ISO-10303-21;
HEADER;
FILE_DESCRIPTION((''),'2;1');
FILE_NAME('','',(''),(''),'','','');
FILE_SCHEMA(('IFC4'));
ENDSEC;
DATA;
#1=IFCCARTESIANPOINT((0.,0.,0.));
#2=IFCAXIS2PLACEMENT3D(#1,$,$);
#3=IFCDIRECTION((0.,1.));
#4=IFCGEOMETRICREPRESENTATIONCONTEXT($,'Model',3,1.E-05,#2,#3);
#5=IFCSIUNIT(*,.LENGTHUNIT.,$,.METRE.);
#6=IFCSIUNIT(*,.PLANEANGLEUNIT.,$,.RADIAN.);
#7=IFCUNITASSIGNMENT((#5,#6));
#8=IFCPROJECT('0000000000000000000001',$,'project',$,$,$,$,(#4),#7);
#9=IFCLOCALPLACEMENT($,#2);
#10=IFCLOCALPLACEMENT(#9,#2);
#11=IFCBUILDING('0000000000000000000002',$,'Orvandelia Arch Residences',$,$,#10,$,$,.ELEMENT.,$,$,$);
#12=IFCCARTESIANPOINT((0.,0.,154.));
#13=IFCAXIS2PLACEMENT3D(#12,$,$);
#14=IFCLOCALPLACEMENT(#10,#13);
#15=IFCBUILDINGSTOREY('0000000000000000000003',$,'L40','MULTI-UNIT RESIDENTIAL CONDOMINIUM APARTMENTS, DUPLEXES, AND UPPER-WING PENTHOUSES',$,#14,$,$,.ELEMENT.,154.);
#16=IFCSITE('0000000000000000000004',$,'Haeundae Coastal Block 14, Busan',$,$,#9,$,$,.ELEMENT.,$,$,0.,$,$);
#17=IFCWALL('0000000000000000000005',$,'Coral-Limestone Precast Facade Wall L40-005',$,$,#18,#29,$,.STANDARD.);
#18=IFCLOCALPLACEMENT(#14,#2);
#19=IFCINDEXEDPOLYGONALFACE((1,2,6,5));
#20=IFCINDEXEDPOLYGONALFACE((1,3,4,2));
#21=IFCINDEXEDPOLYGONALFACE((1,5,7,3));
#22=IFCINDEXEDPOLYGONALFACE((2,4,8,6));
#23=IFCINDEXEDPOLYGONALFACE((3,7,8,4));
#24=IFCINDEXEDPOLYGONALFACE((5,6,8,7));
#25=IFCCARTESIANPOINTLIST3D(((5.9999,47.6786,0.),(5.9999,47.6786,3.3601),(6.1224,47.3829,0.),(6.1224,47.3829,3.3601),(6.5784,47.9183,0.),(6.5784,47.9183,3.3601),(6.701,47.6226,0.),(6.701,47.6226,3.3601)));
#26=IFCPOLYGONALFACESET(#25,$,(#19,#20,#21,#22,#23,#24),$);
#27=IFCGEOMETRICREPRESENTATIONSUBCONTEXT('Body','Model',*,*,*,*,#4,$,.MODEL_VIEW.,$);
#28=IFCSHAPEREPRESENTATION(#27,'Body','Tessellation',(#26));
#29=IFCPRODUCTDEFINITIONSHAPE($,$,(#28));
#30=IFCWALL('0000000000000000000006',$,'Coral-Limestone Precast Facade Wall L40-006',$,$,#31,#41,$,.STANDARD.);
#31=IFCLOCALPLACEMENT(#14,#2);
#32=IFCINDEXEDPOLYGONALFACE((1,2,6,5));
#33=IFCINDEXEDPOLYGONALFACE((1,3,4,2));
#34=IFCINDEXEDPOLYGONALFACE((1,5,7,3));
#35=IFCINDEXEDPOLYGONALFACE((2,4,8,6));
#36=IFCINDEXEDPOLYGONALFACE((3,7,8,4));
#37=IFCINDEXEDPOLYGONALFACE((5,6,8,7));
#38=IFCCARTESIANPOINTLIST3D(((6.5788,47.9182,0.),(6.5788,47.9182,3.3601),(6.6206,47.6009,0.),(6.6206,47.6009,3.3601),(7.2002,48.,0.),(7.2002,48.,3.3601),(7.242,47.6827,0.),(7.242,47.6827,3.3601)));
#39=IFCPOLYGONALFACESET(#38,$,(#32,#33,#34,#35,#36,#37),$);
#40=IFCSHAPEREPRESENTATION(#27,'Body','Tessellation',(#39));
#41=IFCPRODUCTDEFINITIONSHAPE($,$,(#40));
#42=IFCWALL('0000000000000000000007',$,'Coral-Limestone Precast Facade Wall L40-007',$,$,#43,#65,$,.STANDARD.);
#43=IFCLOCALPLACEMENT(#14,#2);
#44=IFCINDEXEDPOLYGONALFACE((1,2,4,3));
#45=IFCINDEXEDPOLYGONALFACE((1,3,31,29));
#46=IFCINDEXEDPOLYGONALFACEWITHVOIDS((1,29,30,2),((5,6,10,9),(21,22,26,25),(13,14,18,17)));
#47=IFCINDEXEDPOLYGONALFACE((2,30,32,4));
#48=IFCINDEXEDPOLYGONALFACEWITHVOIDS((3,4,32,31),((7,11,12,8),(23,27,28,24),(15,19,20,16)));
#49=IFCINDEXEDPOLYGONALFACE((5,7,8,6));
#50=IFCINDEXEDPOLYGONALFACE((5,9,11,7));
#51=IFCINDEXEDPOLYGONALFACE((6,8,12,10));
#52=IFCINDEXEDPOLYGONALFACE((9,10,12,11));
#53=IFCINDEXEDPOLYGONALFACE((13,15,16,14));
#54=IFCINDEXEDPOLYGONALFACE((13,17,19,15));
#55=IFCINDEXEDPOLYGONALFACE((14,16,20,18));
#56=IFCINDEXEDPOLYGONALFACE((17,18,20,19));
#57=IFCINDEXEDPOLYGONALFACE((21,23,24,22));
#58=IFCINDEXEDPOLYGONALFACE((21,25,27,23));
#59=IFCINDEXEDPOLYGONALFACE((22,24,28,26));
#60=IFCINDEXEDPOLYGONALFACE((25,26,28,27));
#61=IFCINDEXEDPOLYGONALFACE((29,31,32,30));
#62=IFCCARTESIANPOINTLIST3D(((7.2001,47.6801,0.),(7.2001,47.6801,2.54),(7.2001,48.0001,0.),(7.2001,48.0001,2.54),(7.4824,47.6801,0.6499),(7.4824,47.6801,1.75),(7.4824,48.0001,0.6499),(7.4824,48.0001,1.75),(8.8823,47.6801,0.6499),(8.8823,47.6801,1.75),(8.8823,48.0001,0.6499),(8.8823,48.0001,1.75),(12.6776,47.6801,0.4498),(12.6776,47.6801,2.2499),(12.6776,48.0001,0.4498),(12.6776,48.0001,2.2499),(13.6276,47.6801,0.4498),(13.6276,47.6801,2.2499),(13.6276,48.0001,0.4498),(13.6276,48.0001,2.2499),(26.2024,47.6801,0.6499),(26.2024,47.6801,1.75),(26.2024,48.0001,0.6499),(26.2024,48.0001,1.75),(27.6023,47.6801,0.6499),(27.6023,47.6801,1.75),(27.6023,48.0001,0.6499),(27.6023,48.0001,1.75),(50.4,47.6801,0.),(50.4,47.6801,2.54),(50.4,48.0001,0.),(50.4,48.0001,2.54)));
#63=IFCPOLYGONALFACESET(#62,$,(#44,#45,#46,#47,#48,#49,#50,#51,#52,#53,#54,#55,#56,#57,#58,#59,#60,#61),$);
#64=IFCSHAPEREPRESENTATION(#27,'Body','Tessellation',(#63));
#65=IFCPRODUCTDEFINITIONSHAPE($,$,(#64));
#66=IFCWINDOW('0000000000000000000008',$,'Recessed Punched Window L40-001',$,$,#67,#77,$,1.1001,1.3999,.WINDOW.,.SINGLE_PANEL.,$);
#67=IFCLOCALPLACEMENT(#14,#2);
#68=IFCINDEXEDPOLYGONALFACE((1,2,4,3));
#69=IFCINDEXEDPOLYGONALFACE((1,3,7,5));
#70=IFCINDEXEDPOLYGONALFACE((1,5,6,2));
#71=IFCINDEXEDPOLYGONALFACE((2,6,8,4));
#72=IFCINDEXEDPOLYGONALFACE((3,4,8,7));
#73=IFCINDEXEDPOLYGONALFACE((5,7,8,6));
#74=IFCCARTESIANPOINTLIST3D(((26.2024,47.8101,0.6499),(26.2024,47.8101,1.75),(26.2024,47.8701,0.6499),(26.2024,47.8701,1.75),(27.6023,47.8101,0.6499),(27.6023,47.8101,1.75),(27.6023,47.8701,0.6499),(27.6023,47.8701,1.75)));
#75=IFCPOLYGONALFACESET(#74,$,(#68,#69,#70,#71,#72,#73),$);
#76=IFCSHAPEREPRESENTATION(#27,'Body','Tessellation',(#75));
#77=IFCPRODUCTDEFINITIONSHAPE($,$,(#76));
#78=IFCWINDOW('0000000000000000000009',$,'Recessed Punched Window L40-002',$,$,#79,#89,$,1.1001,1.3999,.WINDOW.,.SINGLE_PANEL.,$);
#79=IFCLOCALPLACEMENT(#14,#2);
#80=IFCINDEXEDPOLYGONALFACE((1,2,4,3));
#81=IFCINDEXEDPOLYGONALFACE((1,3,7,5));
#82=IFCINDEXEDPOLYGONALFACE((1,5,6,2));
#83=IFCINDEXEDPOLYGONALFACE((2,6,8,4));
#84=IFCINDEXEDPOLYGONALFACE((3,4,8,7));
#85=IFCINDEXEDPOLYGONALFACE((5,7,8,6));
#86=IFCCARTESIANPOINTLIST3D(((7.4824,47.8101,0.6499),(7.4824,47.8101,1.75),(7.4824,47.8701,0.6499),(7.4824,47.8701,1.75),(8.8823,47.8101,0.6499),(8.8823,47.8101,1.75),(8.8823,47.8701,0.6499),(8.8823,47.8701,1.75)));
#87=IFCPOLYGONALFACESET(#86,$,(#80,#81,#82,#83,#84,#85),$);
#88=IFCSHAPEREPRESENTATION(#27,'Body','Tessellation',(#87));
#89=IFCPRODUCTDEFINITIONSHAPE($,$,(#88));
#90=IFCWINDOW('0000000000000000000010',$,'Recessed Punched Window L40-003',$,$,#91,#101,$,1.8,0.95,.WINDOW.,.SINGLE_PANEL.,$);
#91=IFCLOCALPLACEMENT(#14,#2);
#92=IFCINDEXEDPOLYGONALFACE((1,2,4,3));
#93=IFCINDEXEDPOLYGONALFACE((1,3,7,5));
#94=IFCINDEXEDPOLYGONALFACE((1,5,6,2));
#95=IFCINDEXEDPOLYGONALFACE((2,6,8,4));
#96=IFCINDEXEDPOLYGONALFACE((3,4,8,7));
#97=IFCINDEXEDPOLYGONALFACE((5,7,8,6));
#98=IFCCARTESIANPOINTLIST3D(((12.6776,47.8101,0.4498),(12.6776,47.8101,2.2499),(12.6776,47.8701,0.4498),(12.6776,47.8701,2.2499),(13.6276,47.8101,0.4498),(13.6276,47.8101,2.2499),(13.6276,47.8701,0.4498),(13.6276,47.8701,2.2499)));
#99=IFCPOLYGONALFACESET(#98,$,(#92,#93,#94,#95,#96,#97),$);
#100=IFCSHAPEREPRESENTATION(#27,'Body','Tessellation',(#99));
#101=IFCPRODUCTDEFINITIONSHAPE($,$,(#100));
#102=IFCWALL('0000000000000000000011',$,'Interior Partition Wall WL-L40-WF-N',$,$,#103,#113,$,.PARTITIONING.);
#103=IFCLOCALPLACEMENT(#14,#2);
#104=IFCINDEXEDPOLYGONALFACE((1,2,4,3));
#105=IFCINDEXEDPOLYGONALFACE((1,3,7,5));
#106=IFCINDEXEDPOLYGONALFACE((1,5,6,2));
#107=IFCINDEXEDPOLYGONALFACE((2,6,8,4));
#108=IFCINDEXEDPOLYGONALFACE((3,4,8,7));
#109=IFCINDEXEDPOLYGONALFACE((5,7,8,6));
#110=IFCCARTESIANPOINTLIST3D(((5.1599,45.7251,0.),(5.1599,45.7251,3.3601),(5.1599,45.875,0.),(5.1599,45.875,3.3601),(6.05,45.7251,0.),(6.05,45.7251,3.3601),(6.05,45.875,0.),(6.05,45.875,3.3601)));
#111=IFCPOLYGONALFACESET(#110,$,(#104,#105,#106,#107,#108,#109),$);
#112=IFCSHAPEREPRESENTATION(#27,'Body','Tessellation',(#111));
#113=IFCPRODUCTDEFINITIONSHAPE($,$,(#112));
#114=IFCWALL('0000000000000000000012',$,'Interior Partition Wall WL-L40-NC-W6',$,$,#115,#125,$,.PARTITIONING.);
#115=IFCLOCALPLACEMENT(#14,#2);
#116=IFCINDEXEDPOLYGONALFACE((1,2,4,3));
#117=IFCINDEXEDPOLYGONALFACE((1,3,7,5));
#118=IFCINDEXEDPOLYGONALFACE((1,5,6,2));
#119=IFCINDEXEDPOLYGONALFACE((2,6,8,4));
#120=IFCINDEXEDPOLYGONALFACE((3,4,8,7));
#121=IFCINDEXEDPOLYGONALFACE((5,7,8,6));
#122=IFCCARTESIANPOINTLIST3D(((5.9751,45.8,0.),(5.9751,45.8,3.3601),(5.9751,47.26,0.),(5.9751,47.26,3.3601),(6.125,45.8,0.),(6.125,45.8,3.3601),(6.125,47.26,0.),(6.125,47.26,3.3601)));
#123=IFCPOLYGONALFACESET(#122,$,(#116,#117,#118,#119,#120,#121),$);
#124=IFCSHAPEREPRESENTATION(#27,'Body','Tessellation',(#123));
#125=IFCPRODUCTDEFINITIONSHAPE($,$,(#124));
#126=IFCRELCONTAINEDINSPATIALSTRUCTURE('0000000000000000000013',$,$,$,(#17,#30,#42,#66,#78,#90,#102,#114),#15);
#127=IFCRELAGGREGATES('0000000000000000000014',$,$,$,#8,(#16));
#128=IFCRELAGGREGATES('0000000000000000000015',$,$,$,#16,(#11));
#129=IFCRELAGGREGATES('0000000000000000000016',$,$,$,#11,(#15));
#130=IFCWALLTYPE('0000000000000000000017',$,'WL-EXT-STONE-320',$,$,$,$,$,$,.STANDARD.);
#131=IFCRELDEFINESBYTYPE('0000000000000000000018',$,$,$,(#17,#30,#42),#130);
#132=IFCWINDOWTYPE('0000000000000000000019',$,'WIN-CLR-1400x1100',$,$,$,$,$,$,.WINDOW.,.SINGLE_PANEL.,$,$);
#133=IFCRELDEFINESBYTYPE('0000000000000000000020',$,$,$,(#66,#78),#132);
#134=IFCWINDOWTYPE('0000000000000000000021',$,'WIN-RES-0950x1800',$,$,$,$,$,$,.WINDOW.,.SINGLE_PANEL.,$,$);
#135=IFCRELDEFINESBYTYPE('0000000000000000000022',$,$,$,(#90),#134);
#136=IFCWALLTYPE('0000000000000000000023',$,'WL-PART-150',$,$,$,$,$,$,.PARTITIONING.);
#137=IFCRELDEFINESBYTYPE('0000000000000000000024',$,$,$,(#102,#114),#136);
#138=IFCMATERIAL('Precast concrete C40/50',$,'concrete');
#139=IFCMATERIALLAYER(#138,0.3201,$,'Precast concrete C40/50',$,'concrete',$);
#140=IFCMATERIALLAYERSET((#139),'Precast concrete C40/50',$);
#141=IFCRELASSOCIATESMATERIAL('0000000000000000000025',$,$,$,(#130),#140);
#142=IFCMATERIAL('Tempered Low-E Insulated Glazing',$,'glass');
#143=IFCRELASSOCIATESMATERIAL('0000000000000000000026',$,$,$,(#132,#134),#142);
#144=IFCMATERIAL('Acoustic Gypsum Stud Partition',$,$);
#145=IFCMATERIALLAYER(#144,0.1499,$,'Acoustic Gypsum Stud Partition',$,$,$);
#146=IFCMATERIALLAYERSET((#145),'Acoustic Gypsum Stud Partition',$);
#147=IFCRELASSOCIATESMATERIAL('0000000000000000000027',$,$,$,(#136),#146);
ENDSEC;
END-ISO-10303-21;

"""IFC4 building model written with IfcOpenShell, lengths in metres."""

from ifc_helpers import new_model, si_unit, direction, frame, frame_2d, origin, place, context, subcontext, project, spatial, rectangle, extrude, material, layer, layer_set, type_object, element, fill, save


model = new_model("IFC4")

# Units and contexts
model_context = context("Model", 3, precision=1e-05, world=origin(), true_north=direction((0.0, 1.0)))
body_context = subcontext(model_context, "Body", "Model", "MODEL_VIEW")
ifc_project = project(units=[si_unit("LENGTHUNIT", "METRE"), si_unit("PLANEANGLEUNIT", "RADIAN")], contexts=[model_context])

# Site, building, storey
site_placement = place(None, origin())
site = spatial("IfcSite", under=ifc_project, at=site_placement, Name="Haeundae Coastal Block 14, Busan", CompositionType="ELEMENT", RefElevation=0.0)
building_placement = place(site_placement, origin())
building = spatial("IfcBuilding", under=site, at=building_placement, Name="Orvandelia Arch Residences", CompositionType="ELEMENT")
storey_placement = place(building_placement, frame((0.0, 0.0, 154.0)))
storey = spatial("IfcBuildingStorey", under=building, at=storey_placement, Name="L40", Description="MULTI-UNIT RESIDENTIAL CONDOMINIUM APARTMENTS, DUPLEXES, AND UPPER-WING PENTHOUSES", CompositionType="ELEMENT", Elevation=154.0)

# Walls
ifc_material_1 = material(Name="Precast concrete C40/50", Category="concrete")
ifc_layer_1 = layer(ifc_material_1, 0.3201, Name="Precast concrete C40/50", Category="concrete")
ifc_layer_set_1 = layer_set([ifc_layer_1], Name="Precast concrete C40/50")
wall_type_1 = type_object("IfcWallType", Name="WL-EXT-STONE-320", PredefinedType="STANDARD", material=ifc_layer_set_1)
wall_1_placement = place(storey_placement, frame((6.0613, 47.5308, 0.0), z_axis=(0.0, 0.0, 1.0), x_axis=(0.923836, 0.382788, 0.0)))
element("IfcWall", 1, at=wall_1_placement, inside=storey, type_object=wall_type_1, Name="Coral-Limestone Precast Facade Wall L40-005", PredefinedType="STANDARD", context=body_context, shape_type="SweptSolid", body=[
    extrude(rectangle(XDim=0.6262, YDim=0.3201, at=frame_2d((0.313, 0.0))), origin(), (0.0, 0.0, 1.0), 3.3601),
])
wall_2_placement = place(storey_placement, frame((6.5996, 47.7595, 0.0), z_axis=(0.0, 0.0, 1.0), x_axis=(0.991448, 0.130505, 0.0)))
element("IfcWall", 2, at=wall_2_placement, inside=storey, type_object=wall_type_1, Name="Coral-Limestone Precast Facade Wall L40-006", PredefinedType="STANDARD", context=body_context, shape_type="SweptSolid", body=[
    extrude(rectangle(XDim=0.6267, YDim=0.3201, at=frame_2d((0.3135, 0.0))), origin(), (0.0, 0.0, 1.0), 3.3601),
])

# Wall, openings, windows
wall_3_placement = place(storey_placement, frame((7.2, 47.8401, 0.0), z_axis=(0.0, 0.0, 1.0), x_axis=(1.0, 0.0, 0.0)))
wall_3 = element("IfcWall", 3, at=wall_3_placement, inside=storey, type_object=wall_type_1, Name="Coral-Limestone Precast Facade Wall L40-007", PredefinedType="STANDARD", context=body_context, shape_type="SweptSolid", body=[
    extrude(rectangle(XDim=43.2, YDim=0.3201, at=frame_2d((21.6001, 0.0))), origin(), (0.0, 0.0, 1.0), 2.54),
])
opening_1_placement = place(wall_3_placement, frame((19.0024, 0.0, 0.6499)))
opening_1 = element("IfcOpeningElement", 4, at=opening_1_placement, cuts=wall_3, PredefinedType="OPENING", context=body_context, shape_type="SweptSolid", body=[
    extrude(rectangle(XDim=1.3999, YDim=1.1001, at=frame_2d((0.7, 0.55))), frame((0.0, 0.1699, 0.0), z_axis=(0.0, -1.0, 0.0), x_axis=(1.0, 0.0, 0.0)), (0.0, 0.0, 1.0), 0.3401),
])
opening_2_placement = place(wall_3_placement, frame((0.2825, 0.0, 0.6499)))
opening_2 = element("IfcOpeningElement", 5, at=opening_2_placement, cuts=wall_3, PredefinedType="OPENING", context=body_context, shape_type="SweptSolid", body=[
    extrude(rectangle(XDim=1.3999, YDim=1.1001, at=frame_2d((0.7, 0.55))), frame((0.0, 0.1699, 0.0), z_axis=(0.0, -1.0, 0.0), x_axis=(1.0, 0.0, 0.0)), (0.0, 0.0, 1.0), 0.3401),
])
opening_3_placement = place(wall_3_placement, frame((5.4775, 0.0, 0.45)))
opening_3 = element("IfcOpeningElement", 6, at=opening_3_placement, cuts=wall_3, PredefinedType="OPENING", context=body_context, shape_type="SweptSolid", body=[
    extrude(rectangle(XDim=0.95, YDim=1.8, at=frame_2d((0.4751, 0.8999))), frame((0.0, 0.1699, 0.0), z_axis=(0.0, -1.0, 0.0), x_axis=(1.0, 0.0, 0.0)), (0.0, 0.0, 1.0), 0.3401),
])
ifc_material_2 = material(Name="Tempered Low-E Insulated Glazing", Category="glass")
window_type_1 = type_object("IfcWindowType", Name="WIN-CLR-1400x1100", PartitioningType="SINGLE_PANEL", PredefinedType="WINDOW", material=ifc_material_2)
window_1_placement = place(opening_1_placement, origin())
window_1 = element("IfcWindow", 7, at=window_1_placement, inside=storey, type_object=window_type_1, Name="Recessed Punched Window L40-001", OverallHeight=1.1001, OverallWidth=1.3999, PartitioningType="SINGLE_PANEL", PredefinedType="WINDOW", context=body_context, shape_type="SweptSolid", body=[
    extrude(rectangle(XDim=1.3999, YDim=1.1001, at=frame_2d((0.7, 0.55))), frame((0.0, 0.03, 0.0), z_axis=(0.0, -1.0, 0.0), x_axis=(1.0, 0.0, 0.0)), (0.0, 0.0, 1.0), 0.0601),
])
fill(opening_1, window_1)
window_2_placement = place(opening_2_placement, origin())
window_2 = element("IfcWindow", 8, at=window_2_placement, inside=storey, type_object=window_type_1, Name="Recessed Punched Window L40-002", OverallHeight=1.1001, OverallWidth=1.3999, PartitioningType="SINGLE_PANEL", PredefinedType="WINDOW", context=body_context, shape_type="SweptSolid", body=[
    extrude(rectangle(XDim=1.3999, YDim=1.1001, at=frame_2d((0.7, 0.55))), frame((0.0, 0.03, 0.0), z_axis=(0.0, -1.0, 0.0), x_axis=(1.0, 0.0, 0.0)), (0.0, 0.0, 1.0), 0.0601),
])
fill(opening_2, window_2)
window_type_2 = type_object("IfcWindowType", Name="WIN-RES-0950x1800", PartitioningType="SINGLE_PANEL", PredefinedType="WINDOW", material=ifc_material_2)
window_3_placement = place(opening_3_placement, origin())
window_3 = element("IfcWindow", 9, at=window_3_placement, inside=storey, type_object=window_type_2, Name="Recessed Punched Window L40-003", OverallHeight=1.8, OverallWidth=0.95, PartitioningType="SINGLE_PANEL", PredefinedType="WINDOW", context=body_context, shape_type="SweptSolid", body=[
    extrude(rectangle(XDim=0.95, YDim=1.8, at=frame_2d((0.4751, 0.8999))), frame((0.0, 0.03, 0.0), z_axis=(0.0, -1.0, 0.0), x_axis=(1.0, 0.0, 0.0)), (0.0, 0.0, 1.0), 0.0601),
])
fill(opening_3, window_3)

# Walls
ifc_material_3 = material(Name="Acoustic Gypsum Stud Partition")
ifc_layer_2 = layer(ifc_material_3, 0.1499, Name="Acoustic Gypsum Stud Partition")
ifc_layer_set_2 = layer_set([ifc_layer_2], Name="Acoustic Gypsum Stud Partition")
wall_type_2 = type_object("IfcWallType", Name="WL-PART-150", PredefinedType="PARTITIONING", material=ifc_layer_set_2)
wall_4_placement = place(storey_placement, frame((5.1599, 45.8, 0.0), z_axis=(0.0, 0.0, 1.0), x_axis=(1.0, 0.0, 0.0)))
element("IfcWall", 10, at=wall_4_placement, inside=storey, type_object=wall_type_2, Name="Interior Partition Wall WL-L40-WF-N", PredefinedType="PARTITIONING", context=body_context, shape_type="SweptSolid", body=[
    extrude(rectangle(XDim=0.8901, YDim=0.1499, at=frame_2d((0.4451, 0.0))), origin(), (0.0, 0.0, 1.0), 3.3601),
])
wall_5_placement = place(storey_placement, frame((6.05, 45.8, 0.0), z_axis=(0.0, 0.0, 1.0), x_axis=(0.0, 1.0, 0.0)))
element("IfcWall", 11, at=wall_5_placement, inside=storey, type_object=wall_type_2, Name="Interior Partition Wall WL-L40-NC-W6", PredefinedType="PARTITIONING", context=body_context, shape_type="SweptSolid", body=[
    extrude(rectangle(XDim=1.46, YDim=0.1499, at=frame_2d((0.73, 0.0))), origin(), (0.0, 0.0, 1.0), 3.3601),
])

save(model, "model.ifc")
